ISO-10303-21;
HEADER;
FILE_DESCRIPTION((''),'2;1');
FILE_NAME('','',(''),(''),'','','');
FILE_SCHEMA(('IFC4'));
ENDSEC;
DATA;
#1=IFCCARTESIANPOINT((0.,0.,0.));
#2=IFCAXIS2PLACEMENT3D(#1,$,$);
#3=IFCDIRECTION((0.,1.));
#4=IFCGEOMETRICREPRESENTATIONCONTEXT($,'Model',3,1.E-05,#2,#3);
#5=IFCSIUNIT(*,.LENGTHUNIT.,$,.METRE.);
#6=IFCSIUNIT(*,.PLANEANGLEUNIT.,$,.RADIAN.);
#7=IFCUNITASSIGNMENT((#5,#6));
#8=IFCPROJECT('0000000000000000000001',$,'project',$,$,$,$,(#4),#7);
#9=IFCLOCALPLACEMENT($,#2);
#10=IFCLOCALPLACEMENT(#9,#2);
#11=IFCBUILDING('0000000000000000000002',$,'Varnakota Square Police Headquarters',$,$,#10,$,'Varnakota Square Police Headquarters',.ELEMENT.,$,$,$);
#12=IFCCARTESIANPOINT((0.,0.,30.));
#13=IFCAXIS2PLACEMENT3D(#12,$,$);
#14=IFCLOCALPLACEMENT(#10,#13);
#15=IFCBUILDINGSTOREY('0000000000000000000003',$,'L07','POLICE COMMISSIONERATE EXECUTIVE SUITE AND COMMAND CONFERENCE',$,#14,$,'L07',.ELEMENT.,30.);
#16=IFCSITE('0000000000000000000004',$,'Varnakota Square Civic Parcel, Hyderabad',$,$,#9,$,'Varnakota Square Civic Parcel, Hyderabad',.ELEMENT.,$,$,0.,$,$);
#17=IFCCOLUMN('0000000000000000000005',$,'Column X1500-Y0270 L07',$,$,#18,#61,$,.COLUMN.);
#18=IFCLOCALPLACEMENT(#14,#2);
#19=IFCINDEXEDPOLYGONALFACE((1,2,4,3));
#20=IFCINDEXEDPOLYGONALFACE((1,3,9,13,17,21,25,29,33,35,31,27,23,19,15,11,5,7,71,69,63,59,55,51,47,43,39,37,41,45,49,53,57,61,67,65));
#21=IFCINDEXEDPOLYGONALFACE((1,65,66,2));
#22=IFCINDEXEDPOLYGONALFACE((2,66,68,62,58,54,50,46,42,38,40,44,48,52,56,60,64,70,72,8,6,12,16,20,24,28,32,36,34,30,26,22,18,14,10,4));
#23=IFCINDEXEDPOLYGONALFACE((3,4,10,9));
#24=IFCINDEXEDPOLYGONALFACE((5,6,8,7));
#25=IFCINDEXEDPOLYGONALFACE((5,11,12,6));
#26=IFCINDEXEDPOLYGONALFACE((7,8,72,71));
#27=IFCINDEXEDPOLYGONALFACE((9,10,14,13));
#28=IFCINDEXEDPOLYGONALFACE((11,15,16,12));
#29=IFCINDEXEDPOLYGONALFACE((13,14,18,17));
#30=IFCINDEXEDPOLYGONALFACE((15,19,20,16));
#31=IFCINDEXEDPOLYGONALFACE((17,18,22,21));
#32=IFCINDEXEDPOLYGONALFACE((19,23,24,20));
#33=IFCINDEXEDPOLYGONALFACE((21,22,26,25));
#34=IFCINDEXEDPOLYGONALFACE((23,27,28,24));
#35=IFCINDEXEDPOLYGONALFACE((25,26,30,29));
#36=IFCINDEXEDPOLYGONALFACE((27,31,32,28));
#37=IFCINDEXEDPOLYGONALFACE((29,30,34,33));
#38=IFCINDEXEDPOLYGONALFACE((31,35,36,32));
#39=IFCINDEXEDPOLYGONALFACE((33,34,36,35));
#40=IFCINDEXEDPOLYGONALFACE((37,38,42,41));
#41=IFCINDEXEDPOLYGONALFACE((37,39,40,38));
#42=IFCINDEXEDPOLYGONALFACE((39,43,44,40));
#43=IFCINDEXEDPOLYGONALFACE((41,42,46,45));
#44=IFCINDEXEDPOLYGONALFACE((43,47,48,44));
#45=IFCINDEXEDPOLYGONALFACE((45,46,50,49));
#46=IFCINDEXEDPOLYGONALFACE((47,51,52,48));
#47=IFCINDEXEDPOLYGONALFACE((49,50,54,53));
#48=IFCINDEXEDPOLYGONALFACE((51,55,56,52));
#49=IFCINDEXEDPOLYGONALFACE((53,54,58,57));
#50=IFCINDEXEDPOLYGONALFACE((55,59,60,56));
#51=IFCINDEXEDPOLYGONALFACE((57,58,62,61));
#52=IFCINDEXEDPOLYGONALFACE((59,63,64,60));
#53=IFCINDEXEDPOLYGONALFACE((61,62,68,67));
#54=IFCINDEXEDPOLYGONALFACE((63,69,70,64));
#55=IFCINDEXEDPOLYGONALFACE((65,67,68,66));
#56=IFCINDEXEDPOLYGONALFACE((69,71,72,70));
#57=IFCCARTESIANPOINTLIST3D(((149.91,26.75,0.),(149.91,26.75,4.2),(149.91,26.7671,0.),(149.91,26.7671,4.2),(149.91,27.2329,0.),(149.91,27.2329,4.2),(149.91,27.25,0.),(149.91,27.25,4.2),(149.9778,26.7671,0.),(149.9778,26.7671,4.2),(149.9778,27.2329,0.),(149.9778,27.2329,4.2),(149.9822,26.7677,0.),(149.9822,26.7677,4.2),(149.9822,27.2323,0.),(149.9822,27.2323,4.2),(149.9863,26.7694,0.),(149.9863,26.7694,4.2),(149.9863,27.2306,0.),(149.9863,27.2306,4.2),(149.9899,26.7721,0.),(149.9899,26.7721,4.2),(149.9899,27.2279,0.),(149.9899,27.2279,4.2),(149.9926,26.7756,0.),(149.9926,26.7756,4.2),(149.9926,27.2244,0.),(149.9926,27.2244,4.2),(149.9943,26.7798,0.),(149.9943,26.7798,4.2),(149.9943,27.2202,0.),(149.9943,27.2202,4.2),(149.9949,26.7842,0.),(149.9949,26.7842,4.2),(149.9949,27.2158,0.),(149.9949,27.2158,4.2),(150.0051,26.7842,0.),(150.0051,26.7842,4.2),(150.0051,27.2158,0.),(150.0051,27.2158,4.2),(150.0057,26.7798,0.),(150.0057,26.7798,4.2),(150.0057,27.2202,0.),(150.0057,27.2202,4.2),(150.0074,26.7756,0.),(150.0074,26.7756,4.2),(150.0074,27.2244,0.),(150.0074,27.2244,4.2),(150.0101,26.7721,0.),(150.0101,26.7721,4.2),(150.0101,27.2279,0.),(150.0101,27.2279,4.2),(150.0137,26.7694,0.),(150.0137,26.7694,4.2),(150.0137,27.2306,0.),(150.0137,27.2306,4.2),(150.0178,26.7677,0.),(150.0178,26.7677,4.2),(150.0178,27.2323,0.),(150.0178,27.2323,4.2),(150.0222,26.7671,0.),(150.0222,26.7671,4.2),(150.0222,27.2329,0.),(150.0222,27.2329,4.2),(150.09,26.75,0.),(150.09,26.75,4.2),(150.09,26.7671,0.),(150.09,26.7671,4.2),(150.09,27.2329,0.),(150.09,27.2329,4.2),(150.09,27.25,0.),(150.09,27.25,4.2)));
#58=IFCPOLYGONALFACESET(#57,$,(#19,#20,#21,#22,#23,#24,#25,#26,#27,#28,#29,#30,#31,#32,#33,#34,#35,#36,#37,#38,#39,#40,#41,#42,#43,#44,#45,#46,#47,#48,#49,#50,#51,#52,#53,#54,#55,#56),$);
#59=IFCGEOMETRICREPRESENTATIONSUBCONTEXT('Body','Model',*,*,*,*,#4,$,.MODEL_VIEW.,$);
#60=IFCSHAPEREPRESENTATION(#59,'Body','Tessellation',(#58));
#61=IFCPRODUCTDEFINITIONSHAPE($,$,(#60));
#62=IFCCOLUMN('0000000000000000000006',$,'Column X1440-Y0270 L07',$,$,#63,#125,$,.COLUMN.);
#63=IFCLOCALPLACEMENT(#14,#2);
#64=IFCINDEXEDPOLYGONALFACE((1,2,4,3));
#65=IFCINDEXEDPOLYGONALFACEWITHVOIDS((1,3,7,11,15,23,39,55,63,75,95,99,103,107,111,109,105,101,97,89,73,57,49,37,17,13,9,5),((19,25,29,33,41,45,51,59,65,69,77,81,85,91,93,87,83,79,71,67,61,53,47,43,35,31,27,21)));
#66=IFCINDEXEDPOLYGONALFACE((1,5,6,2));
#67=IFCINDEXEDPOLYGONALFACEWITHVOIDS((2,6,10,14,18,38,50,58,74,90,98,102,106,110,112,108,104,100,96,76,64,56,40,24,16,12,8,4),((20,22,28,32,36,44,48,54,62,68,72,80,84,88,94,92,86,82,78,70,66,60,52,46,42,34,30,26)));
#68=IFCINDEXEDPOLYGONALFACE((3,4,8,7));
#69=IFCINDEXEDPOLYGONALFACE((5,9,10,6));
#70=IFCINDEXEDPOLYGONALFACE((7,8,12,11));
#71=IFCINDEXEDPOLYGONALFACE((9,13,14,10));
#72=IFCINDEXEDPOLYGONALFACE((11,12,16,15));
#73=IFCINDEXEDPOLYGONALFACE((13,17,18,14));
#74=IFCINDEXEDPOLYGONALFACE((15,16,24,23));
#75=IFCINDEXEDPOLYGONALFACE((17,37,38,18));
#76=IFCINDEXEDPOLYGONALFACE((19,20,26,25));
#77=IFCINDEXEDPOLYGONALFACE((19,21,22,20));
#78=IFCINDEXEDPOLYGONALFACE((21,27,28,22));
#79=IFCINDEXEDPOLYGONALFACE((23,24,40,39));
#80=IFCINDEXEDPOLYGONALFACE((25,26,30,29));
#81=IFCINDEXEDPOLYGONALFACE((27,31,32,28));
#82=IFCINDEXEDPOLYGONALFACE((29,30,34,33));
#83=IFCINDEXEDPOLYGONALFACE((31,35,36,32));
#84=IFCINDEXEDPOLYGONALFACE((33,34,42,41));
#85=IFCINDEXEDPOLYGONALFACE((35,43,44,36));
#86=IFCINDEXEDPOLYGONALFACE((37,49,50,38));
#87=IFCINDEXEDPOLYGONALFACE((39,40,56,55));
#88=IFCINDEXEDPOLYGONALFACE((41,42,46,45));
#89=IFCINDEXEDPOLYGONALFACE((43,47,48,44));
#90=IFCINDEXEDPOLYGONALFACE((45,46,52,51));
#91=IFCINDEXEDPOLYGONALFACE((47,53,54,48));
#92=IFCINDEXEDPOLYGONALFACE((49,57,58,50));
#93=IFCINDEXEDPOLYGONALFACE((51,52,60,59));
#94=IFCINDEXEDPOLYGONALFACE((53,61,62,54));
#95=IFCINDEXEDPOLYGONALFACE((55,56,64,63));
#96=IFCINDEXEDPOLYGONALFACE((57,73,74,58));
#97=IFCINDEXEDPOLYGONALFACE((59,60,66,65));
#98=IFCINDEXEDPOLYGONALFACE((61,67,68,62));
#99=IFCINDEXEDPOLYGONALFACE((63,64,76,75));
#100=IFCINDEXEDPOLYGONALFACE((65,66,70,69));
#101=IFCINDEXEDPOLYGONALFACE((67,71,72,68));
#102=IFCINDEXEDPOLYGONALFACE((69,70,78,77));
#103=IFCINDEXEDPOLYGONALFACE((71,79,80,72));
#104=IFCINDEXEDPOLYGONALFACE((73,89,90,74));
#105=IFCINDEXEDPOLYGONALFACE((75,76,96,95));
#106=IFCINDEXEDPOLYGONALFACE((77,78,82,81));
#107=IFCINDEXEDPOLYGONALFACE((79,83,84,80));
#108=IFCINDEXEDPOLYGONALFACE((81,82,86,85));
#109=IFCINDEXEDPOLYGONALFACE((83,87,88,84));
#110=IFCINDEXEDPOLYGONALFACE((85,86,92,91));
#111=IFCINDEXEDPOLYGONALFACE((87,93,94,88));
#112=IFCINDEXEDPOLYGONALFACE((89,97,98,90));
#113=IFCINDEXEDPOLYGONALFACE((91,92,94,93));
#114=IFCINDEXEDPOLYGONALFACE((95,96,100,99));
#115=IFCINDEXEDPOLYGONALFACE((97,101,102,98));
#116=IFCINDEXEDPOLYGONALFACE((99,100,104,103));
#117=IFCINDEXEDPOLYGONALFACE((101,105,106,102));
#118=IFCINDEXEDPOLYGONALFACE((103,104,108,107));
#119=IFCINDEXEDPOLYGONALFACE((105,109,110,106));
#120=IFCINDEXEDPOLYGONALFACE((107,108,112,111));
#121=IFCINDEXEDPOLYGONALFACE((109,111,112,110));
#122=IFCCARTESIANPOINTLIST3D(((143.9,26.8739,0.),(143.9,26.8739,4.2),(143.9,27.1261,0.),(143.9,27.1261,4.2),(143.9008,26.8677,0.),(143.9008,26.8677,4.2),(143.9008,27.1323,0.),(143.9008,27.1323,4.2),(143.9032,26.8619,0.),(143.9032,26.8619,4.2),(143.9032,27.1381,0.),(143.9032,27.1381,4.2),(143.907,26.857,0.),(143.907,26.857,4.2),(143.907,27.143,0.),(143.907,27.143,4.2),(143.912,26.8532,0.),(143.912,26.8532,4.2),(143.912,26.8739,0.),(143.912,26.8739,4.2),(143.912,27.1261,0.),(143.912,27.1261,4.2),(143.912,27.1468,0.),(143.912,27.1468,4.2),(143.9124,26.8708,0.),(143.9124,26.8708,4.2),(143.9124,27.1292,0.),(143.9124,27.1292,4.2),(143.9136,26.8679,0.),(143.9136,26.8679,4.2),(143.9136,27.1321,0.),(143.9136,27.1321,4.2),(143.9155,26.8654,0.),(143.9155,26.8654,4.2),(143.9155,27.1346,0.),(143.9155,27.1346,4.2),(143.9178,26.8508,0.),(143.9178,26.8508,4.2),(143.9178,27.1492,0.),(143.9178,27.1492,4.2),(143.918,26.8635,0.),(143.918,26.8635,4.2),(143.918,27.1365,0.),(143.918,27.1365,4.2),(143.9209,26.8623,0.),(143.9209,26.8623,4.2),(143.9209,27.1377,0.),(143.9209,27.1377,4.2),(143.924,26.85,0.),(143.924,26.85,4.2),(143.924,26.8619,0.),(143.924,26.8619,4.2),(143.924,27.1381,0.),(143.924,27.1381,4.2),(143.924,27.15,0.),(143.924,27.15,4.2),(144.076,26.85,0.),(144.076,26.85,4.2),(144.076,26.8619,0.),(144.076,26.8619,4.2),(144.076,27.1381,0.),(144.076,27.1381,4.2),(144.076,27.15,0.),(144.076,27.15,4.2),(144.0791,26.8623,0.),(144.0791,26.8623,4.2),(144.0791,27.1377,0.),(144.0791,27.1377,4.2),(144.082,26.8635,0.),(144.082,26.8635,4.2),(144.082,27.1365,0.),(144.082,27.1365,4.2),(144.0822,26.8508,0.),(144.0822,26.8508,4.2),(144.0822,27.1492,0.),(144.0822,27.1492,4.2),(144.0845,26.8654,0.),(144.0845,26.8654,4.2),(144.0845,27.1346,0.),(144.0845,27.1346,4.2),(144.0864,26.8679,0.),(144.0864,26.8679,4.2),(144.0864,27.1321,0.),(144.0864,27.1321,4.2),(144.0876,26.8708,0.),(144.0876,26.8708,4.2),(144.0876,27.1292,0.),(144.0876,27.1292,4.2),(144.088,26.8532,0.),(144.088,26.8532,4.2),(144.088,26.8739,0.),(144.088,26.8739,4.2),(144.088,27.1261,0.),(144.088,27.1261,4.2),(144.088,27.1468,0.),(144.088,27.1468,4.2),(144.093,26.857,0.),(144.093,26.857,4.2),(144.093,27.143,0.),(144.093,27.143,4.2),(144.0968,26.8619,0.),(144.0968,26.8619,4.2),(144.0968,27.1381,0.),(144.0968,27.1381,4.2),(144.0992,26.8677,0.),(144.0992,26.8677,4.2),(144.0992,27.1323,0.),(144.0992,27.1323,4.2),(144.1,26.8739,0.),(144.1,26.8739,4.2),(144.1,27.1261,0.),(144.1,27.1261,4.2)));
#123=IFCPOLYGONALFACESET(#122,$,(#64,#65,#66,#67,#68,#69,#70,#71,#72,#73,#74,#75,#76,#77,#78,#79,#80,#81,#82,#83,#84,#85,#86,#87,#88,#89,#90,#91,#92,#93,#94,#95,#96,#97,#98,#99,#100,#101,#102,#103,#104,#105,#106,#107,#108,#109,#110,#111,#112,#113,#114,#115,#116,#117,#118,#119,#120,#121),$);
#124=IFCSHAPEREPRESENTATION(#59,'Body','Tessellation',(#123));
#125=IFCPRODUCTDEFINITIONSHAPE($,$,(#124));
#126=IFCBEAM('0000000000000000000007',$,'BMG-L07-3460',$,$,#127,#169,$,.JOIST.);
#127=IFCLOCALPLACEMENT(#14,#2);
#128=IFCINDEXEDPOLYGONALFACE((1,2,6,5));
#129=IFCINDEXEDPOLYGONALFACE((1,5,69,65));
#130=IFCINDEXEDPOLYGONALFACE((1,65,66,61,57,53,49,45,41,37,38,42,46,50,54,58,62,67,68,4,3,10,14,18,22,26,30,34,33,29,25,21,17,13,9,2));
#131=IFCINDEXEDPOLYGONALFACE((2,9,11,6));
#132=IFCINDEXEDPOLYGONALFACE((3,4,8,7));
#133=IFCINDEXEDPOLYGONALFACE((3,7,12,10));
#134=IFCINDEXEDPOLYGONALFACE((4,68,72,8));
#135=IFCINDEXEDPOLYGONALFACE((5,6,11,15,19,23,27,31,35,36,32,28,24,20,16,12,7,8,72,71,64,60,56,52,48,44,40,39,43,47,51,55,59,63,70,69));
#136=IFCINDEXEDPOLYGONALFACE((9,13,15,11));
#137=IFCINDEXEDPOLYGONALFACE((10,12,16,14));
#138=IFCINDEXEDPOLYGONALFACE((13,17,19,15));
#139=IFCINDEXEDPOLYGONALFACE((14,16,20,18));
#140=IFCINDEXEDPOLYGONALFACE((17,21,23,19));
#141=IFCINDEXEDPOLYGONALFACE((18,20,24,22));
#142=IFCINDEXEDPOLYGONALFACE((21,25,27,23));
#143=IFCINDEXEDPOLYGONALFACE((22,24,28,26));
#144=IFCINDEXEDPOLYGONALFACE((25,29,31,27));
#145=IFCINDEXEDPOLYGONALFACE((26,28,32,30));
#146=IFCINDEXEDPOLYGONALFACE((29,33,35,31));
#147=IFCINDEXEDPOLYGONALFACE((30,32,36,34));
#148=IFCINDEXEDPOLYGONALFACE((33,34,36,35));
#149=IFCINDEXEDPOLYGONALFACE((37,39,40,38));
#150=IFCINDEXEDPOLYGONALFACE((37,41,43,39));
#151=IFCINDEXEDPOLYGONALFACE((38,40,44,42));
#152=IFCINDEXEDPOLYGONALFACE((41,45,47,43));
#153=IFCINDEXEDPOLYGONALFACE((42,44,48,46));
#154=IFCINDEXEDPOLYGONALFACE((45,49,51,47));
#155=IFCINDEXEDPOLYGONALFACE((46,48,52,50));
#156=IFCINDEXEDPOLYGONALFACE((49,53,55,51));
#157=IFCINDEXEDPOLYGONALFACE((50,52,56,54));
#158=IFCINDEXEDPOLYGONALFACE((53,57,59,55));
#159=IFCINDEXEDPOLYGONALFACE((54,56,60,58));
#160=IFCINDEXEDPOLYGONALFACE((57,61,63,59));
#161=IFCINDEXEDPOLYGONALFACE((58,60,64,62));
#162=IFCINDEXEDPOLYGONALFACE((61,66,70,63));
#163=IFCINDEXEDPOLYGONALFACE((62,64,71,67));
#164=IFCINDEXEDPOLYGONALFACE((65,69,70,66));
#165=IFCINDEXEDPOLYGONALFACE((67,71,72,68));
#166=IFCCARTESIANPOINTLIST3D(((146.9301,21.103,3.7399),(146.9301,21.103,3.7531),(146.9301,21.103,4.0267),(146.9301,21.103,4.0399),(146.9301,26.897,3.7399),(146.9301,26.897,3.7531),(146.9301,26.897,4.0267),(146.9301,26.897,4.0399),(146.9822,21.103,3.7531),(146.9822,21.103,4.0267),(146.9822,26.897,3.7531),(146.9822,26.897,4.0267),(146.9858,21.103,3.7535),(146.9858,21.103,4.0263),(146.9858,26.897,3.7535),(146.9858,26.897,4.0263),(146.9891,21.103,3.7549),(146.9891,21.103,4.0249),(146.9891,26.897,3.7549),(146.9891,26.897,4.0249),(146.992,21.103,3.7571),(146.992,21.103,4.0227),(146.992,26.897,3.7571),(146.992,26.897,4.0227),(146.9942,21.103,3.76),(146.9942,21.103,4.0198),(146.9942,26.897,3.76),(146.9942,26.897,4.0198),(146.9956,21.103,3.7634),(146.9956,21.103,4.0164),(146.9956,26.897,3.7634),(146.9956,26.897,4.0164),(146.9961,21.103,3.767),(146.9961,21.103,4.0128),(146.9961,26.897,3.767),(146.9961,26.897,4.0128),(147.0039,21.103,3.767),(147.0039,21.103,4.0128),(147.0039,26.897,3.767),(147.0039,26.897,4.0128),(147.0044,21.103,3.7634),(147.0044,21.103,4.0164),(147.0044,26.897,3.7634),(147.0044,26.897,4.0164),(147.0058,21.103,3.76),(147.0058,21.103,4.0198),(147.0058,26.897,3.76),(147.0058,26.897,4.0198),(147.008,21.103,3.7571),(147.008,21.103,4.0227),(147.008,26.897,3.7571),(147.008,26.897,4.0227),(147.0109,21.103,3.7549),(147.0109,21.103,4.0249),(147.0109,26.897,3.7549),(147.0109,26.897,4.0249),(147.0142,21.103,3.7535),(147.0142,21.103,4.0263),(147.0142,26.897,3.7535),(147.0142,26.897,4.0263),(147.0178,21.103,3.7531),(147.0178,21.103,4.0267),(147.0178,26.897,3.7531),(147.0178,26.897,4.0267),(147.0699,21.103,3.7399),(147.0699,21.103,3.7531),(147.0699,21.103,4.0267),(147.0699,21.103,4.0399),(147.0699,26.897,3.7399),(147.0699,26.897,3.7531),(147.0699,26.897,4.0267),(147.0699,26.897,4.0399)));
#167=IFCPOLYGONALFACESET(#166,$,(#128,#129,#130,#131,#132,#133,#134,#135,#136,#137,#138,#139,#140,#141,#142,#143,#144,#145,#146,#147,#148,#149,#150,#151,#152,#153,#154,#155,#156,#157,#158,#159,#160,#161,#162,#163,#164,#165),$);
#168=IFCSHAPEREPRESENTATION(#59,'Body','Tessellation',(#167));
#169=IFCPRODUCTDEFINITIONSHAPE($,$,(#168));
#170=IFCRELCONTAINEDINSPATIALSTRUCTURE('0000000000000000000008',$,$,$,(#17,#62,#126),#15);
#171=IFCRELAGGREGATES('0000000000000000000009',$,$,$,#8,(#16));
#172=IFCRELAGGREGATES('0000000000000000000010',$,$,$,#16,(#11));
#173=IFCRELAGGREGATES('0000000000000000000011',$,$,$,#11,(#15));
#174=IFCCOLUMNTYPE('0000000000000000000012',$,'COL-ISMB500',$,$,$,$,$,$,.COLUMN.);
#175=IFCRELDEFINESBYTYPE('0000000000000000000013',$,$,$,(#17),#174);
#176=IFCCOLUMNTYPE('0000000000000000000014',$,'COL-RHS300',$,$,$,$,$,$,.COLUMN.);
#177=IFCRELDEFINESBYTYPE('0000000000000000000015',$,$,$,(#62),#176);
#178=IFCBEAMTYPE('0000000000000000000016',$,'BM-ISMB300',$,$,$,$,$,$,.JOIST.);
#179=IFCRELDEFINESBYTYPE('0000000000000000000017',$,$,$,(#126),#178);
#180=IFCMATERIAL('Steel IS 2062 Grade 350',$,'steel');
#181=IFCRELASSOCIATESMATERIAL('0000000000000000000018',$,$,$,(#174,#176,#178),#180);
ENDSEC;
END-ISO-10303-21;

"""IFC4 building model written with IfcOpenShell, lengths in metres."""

from ifc_helpers import new_model, si_unit, direction, frame, origin, origin_2d, place, context, subcontext, project, spatial, hollow_rectangle, i_section, extrude, material, material_profile, profile_set, type_object, element, save


model = new_model("IFC4")

# Units and contexts
model_context = context("Model", 3, precision=1e-05, world=origin(), true_north=direction((0.0, 1.0)))
body_context = subcontext(model_context, "Body", "Model", "MODEL_VIEW")
ifc_project = project(units=[si_unit("LENGTHUNIT", "METRE"), si_unit("PLANEANGLEUNIT", "RADIAN")], contexts=[model_context])

# Site, building, storey
site_placement = place(None, origin())
site = spatial("IfcSite", under=ifc_project, at=site_placement, Name="Varnakota Square Civic Parcel, Hyderabad", LongName="Varnakota Square Civic Parcel, Hyderabad", CompositionType="ELEMENT", RefElevation=0.0)
building_placement = place(site_placement, origin())
building = spatial("IfcBuilding", under=site, at=building_placement, Name="Varnakota Square Police Headquarters", LongName="Varnakota Square Police Headquarters", CompositionType="ELEMENT")
storey_placement = place(building_placement, frame((0.0, 0.0, 30.0)))
storey = spatial("IfcBuildingStorey", under=building, at=storey_placement, Name="L07", Description="POLICE COMMISSIONERATE EXECUTIVE SUITE AND COMMAND CONFERENCE", LongName="L07", CompositionType="ELEMENT", Elevation=30.0)

# Columns
ifc_material_1 = material(Name="Steel IS 2062 Grade 350", Category="steel")
ifc_material_profile_1 = material_profile(ifc_material_1, i_section(OverallWidth=0.1799, OverallDepth=0.5, WebThickness=0.0103, FlangeThickness=0.0171, FilletRadius=0.0171, at=origin_2d()), Name="ISMB 500")
ifc_profile_set_1 = profile_set([ifc_material_profile_1], Name="Steel IS 2062 Grade 350")
column_type_1 = type_object("IfcColumnType", Name="COL-ISMB500", PredefinedType="COLUMN", material=ifc_profile_set_1)
column_1_placement = place(storey_placement, frame((150.0, 27.0, 0.0), z_axis=(0.0, 0.0, 1.0), x_axis=(1.0, 0.0, 0.0)))
element("IfcColumn", 1, at=column_1_placement, inside=storey, type_object=column_type_1, Name="Column X1500-Y0270 L07", PredefinedType="COLUMN", context=body_context, shape_type="SweptSolid", body=[
    extrude(i_section(OverallWidth=0.1799, OverallDepth=0.5, WebThickness=0.0103, FlangeThickness=0.0171, FilletRadius=0.0171, at=origin_2d()), origin(), (0.0, 0.0, 1.0), 4.2),
])
ifc_material_profile_2 = material_profile(ifc_material_1, hollow_rectangle(XDim=0.2, YDim=0.3, WallThickness=0.012, InnerFilletRadius=0.012, OuterFilletRadius=0.0239, at=origin_2d()), Name="RHS 300x200x12")
ifc_profile_set_2 = profile_set([ifc_material_profile_2], Name="Steel IS 2062 Grade 350")
column_type_2 = type_object("IfcColumnType", Name="COL-RHS300", PredefinedType="COLUMN", material=ifc_profile_set_2)
column_2_placement = place(storey_placement, frame((144.0, 27.0, 0.0), z_axis=(0.0, 0.0, 1.0), x_axis=(1.0, 0.0, 0.0)))
element("IfcColumn", 2, at=column_2_placement, inside=storey, type_object=column_type_2, Name="Column X1440-Y0270 L07", PredefinedType="COLUMN", context=body_context, shape_type="SweptSolid", body=[
    extrude(hollow_rectangle(XDim=0.2, YDim=0.3, WallThickness=0.012, InnerFilletRadius=0.012, OuterFilletRadius=0.0239, at=origin_2d()), origin(), (0.0, 0.0, 1.0), 4.2),
])

# Beam
ifc_material_profile_3 = material_profile(ifc_material_1, i_section(OverallWidth=0.1399, OverallDepth=0.3, WebThickness=0.0078, FlangeThickness=0.0132, FilletRadius=0.0139, at=origin_2d()), Name="ISMB 300")
ifc_profile_set_3 = profile_set([ifc_material_profile_3], Name="Steel IS 2062 Grade 350")
beam_type_1 = type_object("IfcBeamType", Name="BM-ISMB300", PredefinedType="JOIST", material=ifc_profile_set_3)
beam_1_placement = place(storey_placement, frame((147.0, 21.103, 3.8899), z_axis=(0.0, 1.0, 0.0), x_axis=(-1.0, 0.0, 0.0)))
element("IfcBeam", 3, at=beam_1_placement, inside=storey, type_object=beam_type_1, Name="BMG-L07-3460", PredefinedType="JOIST", context=body_context, shape_type="SweptSolid", body=[
    extrude(i_section(OverallWidth=0.1399, OverallDepth=0.3, WebThickness=0.0078, FlangeThickness=0.0132, FilletRadius=0.0139, at=origin_2d()), origin(), (0.0, 0.0, 1.0), 5.7939),
])

save(model, "model.ifc")
